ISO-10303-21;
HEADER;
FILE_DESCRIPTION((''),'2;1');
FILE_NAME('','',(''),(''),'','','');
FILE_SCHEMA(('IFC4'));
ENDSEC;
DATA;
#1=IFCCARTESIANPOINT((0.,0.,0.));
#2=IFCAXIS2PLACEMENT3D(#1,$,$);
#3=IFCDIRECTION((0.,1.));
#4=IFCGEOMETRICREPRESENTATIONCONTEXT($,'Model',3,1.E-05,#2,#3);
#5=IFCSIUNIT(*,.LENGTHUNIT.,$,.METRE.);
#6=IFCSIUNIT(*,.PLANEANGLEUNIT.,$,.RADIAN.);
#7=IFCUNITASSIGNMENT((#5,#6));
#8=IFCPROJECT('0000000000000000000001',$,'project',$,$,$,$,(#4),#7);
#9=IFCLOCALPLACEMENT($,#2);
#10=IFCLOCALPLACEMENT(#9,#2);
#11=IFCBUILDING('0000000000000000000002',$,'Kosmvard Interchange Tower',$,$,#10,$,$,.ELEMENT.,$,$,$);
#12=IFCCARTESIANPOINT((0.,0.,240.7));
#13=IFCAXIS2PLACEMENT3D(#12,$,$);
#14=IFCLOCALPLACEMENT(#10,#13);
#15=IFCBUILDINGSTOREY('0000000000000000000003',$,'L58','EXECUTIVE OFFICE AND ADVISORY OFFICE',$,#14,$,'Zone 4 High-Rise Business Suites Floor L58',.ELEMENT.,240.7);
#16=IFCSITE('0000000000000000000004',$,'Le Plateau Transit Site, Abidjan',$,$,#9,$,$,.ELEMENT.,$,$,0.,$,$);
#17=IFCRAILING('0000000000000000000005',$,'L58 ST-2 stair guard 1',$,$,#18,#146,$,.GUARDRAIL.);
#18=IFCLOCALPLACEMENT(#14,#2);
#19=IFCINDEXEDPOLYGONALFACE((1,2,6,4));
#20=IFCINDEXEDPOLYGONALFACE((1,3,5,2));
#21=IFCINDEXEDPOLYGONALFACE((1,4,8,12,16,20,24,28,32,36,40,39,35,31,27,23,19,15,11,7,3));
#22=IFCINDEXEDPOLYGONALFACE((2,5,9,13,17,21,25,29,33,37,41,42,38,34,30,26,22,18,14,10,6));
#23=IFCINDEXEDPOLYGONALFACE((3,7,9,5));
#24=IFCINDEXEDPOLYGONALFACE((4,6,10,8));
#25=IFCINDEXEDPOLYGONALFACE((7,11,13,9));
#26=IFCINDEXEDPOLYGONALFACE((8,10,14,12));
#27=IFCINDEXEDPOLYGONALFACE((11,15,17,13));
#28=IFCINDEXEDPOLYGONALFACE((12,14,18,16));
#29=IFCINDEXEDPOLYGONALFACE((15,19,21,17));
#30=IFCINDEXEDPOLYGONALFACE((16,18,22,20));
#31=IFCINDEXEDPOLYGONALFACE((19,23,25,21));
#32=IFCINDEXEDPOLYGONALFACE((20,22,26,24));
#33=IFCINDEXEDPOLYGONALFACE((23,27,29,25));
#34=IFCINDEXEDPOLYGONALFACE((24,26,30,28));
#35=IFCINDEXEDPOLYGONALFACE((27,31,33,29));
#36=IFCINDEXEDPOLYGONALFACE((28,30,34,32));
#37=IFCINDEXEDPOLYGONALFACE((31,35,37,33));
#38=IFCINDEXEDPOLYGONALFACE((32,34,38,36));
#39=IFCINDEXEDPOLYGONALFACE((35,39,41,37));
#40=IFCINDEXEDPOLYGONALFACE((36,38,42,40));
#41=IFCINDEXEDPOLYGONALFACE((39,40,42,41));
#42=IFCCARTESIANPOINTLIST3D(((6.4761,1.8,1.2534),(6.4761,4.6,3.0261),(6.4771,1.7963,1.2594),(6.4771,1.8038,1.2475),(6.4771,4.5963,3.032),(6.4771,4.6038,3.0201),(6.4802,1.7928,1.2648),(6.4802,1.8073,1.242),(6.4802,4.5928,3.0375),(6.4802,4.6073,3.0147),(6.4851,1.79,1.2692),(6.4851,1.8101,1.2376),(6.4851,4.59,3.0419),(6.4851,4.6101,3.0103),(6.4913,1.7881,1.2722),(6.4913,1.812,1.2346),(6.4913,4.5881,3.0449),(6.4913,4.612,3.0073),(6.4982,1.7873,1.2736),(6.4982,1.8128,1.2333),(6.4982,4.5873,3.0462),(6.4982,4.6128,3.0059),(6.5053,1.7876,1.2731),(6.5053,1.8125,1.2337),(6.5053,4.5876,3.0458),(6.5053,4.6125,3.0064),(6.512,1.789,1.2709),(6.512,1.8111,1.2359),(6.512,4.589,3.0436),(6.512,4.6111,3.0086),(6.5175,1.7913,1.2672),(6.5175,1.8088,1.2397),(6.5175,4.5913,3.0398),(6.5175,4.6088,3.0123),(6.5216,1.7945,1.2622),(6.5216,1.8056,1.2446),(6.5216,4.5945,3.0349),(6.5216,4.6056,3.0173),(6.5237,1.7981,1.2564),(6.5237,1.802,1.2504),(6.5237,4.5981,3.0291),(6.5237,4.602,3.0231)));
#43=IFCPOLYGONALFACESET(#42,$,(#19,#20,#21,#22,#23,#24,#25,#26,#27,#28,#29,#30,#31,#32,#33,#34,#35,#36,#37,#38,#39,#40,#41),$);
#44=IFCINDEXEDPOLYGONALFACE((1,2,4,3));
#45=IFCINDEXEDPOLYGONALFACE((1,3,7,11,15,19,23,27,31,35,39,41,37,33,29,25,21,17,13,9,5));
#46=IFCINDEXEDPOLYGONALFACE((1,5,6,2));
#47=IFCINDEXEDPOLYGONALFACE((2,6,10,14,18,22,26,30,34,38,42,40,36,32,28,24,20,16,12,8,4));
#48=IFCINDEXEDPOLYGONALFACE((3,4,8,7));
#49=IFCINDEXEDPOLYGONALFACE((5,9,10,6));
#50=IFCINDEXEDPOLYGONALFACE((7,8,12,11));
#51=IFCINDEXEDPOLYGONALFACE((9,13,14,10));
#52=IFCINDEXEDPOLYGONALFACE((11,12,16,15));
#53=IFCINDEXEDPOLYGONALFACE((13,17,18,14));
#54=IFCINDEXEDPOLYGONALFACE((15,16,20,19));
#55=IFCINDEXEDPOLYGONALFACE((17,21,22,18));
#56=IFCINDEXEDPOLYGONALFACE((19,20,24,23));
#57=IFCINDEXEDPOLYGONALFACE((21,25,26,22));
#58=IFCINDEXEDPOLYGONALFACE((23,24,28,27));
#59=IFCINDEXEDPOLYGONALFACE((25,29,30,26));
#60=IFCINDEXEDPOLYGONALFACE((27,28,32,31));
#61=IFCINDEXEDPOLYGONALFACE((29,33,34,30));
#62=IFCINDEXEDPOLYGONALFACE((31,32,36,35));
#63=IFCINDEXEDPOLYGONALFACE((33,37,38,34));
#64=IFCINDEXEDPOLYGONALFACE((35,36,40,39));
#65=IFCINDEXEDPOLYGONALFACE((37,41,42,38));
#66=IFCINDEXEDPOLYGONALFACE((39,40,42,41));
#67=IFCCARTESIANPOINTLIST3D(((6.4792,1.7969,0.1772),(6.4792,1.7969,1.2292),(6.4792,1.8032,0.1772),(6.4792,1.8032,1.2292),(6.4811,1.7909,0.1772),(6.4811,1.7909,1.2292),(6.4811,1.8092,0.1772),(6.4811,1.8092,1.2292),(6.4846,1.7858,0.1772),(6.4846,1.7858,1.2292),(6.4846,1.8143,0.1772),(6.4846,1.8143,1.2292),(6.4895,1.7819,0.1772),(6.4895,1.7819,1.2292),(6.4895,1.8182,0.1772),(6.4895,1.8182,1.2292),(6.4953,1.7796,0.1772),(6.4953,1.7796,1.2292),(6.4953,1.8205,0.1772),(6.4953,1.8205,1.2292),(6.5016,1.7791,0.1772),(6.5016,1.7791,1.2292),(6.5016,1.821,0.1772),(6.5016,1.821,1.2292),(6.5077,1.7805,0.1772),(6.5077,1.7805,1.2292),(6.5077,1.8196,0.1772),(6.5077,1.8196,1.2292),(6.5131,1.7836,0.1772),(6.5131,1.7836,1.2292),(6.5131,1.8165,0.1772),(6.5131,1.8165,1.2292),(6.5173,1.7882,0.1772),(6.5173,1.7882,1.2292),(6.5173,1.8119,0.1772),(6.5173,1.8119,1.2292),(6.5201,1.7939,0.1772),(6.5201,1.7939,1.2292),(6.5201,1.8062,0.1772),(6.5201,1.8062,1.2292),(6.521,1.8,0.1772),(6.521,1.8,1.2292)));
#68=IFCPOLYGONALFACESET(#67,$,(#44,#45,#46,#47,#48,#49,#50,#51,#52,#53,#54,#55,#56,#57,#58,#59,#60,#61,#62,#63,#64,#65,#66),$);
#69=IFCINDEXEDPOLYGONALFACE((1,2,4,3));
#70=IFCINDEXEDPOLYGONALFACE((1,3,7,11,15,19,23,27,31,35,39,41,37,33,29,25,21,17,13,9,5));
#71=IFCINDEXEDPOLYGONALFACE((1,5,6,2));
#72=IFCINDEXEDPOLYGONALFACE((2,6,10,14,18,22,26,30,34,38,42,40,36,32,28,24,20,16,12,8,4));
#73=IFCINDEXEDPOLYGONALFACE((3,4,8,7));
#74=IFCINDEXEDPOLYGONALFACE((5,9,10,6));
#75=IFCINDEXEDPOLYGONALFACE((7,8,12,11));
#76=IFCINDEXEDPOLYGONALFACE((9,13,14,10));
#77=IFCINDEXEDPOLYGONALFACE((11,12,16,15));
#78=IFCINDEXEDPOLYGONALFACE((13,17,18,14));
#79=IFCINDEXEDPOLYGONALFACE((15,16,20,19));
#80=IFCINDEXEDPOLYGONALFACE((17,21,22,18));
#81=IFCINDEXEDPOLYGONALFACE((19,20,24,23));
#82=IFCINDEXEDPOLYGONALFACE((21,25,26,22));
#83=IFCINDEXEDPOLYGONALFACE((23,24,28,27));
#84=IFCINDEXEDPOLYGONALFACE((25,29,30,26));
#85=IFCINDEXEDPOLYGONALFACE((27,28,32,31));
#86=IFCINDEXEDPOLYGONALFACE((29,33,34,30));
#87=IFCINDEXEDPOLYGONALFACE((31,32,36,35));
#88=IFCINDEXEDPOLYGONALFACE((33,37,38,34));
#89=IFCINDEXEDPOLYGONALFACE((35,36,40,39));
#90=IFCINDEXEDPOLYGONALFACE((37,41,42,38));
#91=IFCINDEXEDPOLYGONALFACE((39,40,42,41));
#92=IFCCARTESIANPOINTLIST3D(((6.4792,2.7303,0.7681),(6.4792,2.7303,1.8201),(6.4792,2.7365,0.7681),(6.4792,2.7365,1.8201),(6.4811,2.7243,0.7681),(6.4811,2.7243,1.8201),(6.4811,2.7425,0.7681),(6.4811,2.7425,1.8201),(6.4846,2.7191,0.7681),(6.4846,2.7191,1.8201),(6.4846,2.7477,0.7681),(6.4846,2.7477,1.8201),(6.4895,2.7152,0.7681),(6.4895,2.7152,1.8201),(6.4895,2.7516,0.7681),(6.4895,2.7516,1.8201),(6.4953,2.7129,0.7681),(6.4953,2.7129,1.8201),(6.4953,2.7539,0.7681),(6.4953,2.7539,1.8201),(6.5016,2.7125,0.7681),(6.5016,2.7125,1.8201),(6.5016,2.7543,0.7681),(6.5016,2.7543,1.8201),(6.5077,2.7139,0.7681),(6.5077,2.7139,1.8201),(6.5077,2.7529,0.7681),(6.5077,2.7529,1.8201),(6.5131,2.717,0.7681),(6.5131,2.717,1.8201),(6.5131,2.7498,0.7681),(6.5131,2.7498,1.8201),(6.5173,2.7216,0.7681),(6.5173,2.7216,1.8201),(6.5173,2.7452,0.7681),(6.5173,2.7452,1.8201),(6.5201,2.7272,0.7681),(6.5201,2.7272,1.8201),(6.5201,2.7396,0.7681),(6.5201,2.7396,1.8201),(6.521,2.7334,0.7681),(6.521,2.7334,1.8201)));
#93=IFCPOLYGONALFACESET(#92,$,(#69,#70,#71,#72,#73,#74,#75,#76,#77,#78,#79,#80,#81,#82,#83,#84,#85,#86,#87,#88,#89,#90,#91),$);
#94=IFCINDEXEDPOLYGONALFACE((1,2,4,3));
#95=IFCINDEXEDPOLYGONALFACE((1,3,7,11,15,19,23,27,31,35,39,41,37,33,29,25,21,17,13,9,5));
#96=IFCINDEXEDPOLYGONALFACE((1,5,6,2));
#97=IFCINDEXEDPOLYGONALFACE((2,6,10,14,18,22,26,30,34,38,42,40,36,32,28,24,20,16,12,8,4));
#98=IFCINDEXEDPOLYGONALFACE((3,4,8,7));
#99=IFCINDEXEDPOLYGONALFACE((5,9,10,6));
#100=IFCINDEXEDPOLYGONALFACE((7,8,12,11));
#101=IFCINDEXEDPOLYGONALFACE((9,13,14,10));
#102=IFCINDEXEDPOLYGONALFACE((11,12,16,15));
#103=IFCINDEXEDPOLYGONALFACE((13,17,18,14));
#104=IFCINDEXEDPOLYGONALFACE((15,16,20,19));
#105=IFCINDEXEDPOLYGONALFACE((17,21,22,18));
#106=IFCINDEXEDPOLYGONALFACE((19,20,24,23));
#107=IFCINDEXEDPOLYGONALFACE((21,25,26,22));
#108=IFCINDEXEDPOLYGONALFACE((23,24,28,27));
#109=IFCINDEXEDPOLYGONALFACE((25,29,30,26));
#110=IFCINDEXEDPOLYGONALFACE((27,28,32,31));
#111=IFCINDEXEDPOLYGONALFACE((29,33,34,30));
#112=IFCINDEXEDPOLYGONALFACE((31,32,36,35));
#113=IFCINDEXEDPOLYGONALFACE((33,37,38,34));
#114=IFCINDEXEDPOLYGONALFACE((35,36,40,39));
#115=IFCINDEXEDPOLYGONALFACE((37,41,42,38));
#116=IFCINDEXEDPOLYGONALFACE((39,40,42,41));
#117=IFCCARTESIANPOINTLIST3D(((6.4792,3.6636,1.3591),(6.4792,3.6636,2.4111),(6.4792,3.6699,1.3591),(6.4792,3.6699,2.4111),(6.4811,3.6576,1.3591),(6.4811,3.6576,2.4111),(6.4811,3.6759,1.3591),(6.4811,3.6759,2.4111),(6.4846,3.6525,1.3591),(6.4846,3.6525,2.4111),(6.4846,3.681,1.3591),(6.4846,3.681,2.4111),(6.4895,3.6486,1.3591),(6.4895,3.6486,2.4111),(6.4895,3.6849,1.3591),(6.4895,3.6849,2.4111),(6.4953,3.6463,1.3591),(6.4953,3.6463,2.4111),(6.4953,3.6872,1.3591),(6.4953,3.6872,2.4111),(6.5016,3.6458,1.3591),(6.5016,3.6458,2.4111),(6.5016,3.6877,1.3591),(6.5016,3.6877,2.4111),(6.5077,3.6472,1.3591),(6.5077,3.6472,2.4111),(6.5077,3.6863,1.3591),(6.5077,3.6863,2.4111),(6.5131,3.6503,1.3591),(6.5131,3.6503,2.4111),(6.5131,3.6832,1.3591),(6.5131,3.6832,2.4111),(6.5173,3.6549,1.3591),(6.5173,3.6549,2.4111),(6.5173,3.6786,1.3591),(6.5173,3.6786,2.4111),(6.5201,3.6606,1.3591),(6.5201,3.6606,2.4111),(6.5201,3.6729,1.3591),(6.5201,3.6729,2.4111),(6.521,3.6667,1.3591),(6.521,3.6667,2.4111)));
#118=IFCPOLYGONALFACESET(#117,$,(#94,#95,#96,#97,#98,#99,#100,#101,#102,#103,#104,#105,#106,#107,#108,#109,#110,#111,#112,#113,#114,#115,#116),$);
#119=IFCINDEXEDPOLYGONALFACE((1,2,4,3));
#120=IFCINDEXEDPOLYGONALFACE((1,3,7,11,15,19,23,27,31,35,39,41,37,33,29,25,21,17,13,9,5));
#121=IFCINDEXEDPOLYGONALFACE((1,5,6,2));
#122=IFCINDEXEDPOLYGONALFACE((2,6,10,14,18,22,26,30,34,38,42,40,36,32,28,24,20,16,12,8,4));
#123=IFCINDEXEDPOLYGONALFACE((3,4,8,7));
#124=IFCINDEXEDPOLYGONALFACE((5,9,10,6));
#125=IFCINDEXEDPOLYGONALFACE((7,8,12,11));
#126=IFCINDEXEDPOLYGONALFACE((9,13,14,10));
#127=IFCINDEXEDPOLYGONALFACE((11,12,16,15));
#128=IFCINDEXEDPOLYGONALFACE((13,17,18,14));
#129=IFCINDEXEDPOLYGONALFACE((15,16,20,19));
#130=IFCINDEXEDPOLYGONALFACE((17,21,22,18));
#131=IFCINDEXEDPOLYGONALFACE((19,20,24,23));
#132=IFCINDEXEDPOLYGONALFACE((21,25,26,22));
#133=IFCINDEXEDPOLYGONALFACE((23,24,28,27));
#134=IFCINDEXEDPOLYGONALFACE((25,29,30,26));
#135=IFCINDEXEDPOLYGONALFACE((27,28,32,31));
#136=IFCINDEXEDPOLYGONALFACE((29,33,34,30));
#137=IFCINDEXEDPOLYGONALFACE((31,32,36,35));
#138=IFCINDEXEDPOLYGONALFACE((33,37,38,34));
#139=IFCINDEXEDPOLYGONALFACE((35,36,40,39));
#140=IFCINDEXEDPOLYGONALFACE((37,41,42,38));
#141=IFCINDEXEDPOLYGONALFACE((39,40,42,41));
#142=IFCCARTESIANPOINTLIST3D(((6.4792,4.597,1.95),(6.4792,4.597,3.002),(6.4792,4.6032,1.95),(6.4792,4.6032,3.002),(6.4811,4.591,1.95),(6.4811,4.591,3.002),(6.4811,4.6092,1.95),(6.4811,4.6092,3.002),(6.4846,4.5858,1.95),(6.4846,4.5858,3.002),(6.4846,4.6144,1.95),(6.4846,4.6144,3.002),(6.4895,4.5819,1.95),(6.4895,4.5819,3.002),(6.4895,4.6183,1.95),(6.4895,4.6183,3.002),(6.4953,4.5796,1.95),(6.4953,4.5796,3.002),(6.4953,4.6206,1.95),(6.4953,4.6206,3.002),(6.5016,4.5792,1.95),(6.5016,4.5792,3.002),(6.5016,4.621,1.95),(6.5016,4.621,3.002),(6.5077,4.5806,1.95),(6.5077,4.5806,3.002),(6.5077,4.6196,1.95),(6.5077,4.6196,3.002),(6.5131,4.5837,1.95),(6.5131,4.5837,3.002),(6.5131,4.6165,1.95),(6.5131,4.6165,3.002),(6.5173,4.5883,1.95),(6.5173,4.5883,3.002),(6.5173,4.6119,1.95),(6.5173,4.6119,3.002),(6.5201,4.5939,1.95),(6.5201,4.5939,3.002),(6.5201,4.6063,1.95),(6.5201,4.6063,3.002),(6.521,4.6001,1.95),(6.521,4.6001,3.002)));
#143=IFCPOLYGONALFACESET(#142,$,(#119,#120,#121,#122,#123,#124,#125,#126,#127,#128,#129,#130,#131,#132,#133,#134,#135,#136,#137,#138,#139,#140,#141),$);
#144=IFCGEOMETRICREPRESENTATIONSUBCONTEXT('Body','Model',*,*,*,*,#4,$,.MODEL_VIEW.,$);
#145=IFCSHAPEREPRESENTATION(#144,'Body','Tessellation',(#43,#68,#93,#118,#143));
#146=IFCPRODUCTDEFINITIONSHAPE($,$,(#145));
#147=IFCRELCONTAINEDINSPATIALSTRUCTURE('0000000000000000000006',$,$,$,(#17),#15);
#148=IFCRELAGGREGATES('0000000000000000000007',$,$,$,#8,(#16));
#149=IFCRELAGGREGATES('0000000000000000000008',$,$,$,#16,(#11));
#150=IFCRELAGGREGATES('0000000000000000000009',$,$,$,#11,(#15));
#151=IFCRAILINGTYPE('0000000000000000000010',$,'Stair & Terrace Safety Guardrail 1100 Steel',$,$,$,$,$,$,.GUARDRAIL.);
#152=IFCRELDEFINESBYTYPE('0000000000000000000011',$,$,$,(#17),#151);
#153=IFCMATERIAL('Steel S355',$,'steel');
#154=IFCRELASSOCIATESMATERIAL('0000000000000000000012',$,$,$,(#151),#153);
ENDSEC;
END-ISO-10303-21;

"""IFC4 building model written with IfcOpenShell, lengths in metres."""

from ifc_helpers import new_model, si_unit, direction, frame, origin, origin_2d, place, context, subcontext, project, spatial, circle, extrude, source, transform, mapped, material, type_object, element, save


model = new_model("IFC4")

# Units and contexts
model_context = context("Model", 3, precision=1e-05, world=origin(), true_north=direction((0.0, 1.0)))
body_context = subcontext(model_context, "Body", "Model", "MODEL_VIEW")
ifc_project = project(units=[si_unit("LENGTHUNIT", "METRE"), si_unit("PLANEANGLEUNIT", "RADIAN")], contexts=[model_context])

# Site, building, storey
site_placement = place(None, origin())
site = spatial("IfcSite", under=ifc_project, at=site_placement, Name="Le Plateau Transit Site, Abidjan", CompositionType="ELEMENT", RefElevation=0.0)
building_placement = place(site_placement, origin())
building = spatial("IfcBuilding", under=site, at=building_placement, Name="Kosmvard Interchange Tower", CompositionType="ELEMENT")
storey_placement = place(building_placement, frame((0.0, 0.0, 240.7)))
storey = spatial("IfcBuildingStorey", under=building, at=storey_placement, Name="L58", Description="EXECUTIVE OFFICE AND ADVISORY OFFICE", LongName="Zone 4 High-Rise Business Suites Floor L58", CompositionType="ELEMENT", Elevation=240.7)

# Shared definitions
ifc_material_1 = material(Name="Steel S355", Category="steel")

# Railing
railing_type = type_object("IfcRailingType", Name="Stair & Terrace Safety Guardrail 1100 Steel", PredefinedType="GUARDRAIL", material=ifc_material_1)
shared_shape_1 = source(origin(), body_context, "Body", "SweptSolid", [
    extrude(circle(Radius=0.0239, at=origin_2d()), frame((0.0, 0.0, 1.0762), z_axis=(0.0, 0.844909, 0.53491), x_axis=(-1.0, 0.0, 0.0)), (0.0, 0.0, 1.0), 3.314),
    extrude(circle(Radius=0.021, at=origin_2d()), origin(), (0.0, 0.0, 1.0), 1.052),
    extrude(circle(Radius=0.021, at=origin_2d()), frame((0.0, 0.9333, 0.5908)), (0.0, 0.0, 1.0), 1.052),
    extrude(circle(Radius=0.021, at=origin_2d()), frame((0.0, 1.8667, 1.1819)), (0.0, 0.0, 1.0), 1.052),
    extrude(circle(Radius=0.021, at=origin_2d()), frame((0.0, 2.8, 1.7727)), (0.0, 0.0, 1.0), 1.052),
])
railing_1_placement = place(storey_placement, frame((6.5, 1.8, 0.1772)))
element("IfcRailing", 1, at=railing_1_placement, inside=storey, type_object=railing_type, Name="L58 ST-2 stair guard 1", PredefinedType="GUARDRAIL", context=body_context, shape_type="MappedRepresentation", body=[
    mapped(shared_shape_1, transform((0.0, 0.0, 0.0), scale=1.0)),
])

save(model, "model.ifc")
